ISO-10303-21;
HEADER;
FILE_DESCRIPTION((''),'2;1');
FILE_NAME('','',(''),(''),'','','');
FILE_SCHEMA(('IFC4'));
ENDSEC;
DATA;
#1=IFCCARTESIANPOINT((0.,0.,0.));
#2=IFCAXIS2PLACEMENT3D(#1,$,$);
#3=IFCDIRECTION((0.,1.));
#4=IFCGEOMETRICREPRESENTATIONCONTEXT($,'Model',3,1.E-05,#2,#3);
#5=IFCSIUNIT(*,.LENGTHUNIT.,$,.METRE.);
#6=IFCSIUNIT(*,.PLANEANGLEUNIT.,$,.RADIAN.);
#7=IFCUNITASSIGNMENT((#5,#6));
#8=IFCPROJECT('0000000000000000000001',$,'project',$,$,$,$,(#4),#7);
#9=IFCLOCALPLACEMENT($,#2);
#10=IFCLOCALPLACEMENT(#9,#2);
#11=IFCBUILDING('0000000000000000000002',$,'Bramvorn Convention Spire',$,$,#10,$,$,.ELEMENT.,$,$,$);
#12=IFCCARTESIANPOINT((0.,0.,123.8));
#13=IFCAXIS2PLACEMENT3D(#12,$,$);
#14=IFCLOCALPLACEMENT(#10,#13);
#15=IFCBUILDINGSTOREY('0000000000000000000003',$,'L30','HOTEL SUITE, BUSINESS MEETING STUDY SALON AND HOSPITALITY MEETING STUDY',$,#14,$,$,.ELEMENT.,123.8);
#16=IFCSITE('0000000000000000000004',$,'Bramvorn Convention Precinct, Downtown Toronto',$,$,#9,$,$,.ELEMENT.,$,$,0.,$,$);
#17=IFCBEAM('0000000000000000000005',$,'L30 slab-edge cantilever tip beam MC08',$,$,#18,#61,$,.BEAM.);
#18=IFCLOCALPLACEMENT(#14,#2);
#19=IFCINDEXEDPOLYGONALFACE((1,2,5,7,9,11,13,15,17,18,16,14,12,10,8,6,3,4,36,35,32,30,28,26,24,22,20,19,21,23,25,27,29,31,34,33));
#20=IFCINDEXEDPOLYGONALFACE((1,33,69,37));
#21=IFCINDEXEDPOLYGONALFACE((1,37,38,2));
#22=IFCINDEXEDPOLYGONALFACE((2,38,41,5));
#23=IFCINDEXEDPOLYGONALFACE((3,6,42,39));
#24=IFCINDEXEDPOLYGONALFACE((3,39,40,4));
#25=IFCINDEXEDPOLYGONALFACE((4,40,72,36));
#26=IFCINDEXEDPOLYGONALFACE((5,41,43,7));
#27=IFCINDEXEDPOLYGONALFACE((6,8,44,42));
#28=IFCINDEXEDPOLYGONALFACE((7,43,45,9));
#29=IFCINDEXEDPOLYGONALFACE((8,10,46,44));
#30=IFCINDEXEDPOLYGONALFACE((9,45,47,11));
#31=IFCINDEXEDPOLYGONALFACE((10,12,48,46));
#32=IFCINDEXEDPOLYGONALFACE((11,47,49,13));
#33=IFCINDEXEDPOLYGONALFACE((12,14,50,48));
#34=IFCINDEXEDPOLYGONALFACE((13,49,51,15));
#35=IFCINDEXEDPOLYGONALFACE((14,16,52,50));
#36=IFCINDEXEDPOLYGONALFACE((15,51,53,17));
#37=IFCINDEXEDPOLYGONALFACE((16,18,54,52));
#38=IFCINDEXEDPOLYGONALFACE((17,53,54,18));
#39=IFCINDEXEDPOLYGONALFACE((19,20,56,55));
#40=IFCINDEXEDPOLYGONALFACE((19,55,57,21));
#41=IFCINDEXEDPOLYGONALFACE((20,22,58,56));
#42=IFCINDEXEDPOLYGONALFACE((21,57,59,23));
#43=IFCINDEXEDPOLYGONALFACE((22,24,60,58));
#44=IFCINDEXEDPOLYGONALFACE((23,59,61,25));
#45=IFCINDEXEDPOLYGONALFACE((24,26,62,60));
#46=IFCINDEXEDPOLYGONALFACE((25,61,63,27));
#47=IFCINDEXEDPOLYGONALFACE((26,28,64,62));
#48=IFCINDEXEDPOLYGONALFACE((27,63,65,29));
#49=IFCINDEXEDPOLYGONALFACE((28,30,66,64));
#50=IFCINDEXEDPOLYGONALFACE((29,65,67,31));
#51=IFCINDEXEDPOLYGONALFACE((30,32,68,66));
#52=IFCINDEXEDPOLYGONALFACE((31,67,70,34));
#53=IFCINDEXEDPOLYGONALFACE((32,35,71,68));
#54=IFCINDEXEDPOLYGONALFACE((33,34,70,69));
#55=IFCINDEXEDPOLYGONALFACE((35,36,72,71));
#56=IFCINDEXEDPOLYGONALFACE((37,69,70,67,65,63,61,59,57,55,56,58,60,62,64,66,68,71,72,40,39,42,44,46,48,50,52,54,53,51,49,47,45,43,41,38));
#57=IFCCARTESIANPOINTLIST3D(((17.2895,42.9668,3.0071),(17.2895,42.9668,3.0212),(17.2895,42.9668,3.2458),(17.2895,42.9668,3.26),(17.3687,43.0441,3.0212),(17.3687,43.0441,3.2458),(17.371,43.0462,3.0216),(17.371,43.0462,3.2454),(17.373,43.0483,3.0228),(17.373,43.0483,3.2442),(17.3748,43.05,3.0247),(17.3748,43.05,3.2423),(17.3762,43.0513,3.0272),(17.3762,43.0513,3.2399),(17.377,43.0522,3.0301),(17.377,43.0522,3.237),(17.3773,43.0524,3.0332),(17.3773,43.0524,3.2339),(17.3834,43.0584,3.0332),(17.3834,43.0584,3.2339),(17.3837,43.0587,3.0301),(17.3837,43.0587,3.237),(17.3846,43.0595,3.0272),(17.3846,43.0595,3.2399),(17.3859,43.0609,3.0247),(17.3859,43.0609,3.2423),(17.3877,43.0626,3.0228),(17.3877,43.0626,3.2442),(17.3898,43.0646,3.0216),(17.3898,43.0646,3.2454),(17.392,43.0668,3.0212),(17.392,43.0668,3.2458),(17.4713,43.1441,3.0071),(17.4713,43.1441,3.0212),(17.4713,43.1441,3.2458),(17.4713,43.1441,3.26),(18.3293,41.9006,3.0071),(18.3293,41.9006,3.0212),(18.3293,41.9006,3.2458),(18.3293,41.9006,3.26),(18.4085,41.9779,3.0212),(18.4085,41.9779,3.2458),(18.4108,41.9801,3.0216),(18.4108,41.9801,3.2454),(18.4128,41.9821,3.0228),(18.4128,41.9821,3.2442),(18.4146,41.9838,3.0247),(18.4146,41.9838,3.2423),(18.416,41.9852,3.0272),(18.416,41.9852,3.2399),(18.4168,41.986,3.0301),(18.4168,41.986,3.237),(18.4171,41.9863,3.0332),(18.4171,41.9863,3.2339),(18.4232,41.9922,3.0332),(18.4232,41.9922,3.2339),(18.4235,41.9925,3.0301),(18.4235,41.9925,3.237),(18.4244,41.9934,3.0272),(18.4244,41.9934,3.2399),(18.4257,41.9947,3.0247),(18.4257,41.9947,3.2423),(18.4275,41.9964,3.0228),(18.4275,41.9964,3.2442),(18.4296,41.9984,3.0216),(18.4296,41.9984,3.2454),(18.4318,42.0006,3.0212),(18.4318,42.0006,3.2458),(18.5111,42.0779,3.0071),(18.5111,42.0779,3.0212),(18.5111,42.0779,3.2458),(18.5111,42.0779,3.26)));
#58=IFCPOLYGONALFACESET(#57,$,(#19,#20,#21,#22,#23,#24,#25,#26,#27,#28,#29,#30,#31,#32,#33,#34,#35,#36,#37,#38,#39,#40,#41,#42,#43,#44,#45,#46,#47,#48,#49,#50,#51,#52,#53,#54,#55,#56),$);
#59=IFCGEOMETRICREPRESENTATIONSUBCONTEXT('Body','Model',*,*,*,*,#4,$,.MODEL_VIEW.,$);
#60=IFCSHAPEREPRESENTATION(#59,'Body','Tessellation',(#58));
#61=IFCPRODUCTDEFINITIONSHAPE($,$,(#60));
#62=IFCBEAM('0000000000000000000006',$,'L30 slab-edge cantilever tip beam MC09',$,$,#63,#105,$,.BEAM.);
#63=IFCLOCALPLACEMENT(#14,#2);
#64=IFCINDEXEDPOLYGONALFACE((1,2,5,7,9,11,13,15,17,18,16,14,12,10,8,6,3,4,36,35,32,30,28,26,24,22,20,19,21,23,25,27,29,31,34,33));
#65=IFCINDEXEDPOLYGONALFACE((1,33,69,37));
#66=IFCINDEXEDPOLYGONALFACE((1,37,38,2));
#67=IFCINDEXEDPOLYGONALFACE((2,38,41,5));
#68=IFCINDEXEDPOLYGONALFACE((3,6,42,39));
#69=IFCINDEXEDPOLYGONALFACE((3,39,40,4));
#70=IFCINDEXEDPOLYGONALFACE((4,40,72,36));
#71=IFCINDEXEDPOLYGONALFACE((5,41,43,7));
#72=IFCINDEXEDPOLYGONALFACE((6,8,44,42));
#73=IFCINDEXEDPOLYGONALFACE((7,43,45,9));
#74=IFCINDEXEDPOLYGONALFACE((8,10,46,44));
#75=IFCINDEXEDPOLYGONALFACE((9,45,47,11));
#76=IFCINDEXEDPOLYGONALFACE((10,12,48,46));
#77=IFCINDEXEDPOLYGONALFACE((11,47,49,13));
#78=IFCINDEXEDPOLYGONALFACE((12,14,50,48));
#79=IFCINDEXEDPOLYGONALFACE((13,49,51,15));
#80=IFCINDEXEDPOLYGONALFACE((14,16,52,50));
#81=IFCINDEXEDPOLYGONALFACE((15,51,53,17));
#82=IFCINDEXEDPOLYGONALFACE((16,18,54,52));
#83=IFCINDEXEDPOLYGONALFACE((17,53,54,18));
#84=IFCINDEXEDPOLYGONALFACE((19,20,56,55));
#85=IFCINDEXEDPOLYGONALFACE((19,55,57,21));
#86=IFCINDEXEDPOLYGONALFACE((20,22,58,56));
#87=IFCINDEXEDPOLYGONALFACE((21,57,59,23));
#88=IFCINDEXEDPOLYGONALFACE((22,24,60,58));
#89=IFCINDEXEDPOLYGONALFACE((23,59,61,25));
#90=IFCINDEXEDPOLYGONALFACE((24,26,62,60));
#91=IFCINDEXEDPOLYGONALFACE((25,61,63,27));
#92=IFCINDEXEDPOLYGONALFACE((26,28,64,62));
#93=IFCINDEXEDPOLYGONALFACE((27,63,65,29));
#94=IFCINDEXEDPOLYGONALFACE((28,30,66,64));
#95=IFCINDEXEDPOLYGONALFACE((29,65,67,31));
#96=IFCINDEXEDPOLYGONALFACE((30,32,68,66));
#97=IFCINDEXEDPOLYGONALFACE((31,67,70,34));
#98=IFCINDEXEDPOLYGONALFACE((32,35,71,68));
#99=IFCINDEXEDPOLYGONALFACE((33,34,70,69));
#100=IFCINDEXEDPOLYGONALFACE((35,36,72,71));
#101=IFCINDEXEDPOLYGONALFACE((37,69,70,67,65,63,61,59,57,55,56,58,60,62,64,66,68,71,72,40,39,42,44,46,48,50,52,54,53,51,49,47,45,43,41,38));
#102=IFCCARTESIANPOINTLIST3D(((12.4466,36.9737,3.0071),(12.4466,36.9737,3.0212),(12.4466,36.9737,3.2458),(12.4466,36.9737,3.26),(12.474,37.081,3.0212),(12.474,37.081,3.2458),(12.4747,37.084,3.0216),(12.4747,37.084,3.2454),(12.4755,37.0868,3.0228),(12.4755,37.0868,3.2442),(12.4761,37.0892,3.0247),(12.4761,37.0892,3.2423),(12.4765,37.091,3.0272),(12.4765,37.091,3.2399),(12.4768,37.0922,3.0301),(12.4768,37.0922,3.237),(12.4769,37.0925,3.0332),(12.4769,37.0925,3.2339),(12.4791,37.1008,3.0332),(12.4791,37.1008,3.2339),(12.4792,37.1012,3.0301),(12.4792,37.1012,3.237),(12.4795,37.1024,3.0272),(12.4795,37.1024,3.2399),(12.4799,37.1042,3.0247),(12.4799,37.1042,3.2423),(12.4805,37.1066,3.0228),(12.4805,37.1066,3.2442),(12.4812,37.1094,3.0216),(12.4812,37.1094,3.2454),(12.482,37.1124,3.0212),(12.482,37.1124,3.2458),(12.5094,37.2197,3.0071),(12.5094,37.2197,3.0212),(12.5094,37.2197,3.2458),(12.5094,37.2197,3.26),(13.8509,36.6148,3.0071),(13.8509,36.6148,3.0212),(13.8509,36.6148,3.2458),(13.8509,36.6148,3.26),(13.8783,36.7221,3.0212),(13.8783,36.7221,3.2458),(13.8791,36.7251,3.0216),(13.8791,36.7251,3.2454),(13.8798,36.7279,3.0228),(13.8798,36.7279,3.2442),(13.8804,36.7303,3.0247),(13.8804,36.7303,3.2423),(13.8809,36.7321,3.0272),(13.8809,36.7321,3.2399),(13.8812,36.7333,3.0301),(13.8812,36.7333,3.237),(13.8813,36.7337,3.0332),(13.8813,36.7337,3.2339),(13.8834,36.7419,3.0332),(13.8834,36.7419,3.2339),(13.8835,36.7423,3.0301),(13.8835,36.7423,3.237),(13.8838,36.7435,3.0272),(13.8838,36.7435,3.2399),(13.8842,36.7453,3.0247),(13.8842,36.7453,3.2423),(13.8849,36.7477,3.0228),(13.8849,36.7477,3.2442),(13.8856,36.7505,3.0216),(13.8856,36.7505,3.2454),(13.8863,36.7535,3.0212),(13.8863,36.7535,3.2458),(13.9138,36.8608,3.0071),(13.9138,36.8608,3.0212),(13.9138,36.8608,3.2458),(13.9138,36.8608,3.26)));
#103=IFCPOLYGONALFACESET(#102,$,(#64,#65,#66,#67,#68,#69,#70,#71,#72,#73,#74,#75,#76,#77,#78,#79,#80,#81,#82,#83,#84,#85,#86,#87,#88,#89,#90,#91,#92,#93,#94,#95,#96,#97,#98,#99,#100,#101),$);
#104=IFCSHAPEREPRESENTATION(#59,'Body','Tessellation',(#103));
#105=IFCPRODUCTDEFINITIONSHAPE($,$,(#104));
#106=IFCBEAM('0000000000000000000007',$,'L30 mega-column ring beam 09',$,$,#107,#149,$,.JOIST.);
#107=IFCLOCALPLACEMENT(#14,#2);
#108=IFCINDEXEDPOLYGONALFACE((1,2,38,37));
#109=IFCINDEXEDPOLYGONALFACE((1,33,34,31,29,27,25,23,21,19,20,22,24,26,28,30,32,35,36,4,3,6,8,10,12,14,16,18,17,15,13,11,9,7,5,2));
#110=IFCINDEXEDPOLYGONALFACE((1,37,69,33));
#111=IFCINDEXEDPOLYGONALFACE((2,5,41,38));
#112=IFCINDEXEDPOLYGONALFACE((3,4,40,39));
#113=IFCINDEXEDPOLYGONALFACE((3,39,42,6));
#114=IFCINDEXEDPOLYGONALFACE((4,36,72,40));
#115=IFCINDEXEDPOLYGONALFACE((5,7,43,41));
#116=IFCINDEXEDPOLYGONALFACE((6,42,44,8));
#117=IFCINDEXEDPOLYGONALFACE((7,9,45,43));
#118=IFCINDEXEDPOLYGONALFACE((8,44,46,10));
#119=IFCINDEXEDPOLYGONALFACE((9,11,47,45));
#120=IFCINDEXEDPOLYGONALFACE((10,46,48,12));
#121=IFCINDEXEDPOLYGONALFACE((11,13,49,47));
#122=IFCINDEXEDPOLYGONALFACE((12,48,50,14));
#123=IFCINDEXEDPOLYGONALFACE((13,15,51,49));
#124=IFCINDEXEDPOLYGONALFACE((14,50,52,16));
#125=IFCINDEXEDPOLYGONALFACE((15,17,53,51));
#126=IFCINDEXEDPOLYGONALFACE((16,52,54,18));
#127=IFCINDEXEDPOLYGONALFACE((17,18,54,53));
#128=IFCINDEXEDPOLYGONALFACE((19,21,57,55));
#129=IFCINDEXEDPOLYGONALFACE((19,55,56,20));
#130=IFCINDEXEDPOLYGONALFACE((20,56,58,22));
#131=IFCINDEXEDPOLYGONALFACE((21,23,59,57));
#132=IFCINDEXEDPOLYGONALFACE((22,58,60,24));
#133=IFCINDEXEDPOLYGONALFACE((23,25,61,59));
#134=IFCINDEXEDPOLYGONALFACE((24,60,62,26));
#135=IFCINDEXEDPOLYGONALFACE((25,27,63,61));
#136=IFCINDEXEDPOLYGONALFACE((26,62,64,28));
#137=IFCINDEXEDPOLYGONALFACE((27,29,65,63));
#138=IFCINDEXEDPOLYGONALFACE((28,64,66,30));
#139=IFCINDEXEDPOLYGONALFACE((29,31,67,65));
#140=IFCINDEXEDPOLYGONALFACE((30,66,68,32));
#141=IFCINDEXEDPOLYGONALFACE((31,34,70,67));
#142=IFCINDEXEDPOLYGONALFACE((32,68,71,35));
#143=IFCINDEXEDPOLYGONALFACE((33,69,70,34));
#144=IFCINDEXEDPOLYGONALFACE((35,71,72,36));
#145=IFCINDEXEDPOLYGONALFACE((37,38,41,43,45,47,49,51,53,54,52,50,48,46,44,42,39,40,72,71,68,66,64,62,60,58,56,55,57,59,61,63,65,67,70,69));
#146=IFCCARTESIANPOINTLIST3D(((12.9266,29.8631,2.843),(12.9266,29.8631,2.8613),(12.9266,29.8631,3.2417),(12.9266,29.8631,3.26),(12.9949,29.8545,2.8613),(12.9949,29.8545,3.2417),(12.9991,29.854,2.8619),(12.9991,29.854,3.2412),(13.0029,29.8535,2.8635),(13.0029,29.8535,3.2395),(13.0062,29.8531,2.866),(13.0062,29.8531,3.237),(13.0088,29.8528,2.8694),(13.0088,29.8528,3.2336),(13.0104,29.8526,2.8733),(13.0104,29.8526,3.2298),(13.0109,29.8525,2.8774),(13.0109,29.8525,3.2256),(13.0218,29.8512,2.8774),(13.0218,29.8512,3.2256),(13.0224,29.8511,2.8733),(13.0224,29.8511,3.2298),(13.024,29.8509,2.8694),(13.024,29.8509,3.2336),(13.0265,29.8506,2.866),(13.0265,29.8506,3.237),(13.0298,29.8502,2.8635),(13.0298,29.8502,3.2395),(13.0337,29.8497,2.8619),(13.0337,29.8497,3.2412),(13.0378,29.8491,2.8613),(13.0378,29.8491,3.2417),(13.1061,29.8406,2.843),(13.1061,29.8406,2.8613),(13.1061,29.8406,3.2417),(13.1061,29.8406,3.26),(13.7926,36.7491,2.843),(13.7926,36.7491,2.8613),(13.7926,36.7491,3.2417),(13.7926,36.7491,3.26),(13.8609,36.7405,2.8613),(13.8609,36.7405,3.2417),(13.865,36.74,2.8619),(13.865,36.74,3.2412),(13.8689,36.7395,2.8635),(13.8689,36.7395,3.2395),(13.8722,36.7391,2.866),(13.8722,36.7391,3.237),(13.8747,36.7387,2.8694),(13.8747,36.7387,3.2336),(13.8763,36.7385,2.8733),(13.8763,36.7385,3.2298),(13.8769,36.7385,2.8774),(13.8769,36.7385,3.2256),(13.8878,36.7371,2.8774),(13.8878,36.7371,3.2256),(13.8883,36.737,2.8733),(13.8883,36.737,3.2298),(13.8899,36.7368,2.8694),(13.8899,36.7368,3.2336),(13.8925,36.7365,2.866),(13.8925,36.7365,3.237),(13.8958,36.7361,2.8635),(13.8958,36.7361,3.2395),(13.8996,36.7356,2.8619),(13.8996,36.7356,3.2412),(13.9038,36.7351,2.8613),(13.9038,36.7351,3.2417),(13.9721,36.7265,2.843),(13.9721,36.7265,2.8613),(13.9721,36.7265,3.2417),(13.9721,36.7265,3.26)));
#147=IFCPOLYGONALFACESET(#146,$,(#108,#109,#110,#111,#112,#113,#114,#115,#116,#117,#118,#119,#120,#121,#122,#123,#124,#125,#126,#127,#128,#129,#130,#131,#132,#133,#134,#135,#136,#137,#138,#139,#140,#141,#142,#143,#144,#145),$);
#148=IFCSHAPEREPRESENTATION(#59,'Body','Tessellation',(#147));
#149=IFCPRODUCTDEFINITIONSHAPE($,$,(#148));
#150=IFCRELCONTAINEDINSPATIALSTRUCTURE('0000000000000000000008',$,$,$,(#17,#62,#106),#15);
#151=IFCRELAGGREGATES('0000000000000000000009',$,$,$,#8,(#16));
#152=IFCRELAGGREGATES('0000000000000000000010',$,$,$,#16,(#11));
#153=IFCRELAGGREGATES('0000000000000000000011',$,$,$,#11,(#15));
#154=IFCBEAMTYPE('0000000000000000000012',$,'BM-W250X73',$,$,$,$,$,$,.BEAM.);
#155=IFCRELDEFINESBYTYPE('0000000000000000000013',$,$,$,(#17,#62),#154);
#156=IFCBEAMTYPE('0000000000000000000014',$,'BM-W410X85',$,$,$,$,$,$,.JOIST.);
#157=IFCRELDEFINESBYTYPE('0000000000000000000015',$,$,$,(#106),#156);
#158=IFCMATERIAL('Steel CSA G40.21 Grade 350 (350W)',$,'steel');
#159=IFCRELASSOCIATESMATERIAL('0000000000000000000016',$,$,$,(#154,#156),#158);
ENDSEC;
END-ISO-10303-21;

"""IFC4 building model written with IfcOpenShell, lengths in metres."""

from ifc_helpers import new_model, si_unit, direction, frame, origin, origin_2d, place, context, subcontext, project, spatial, i_section, extrude, material, material_profile, profile_set, type_object, element, save


model = new_model("IFC4")

# Units and contexts
model_context = context("Model", 3, precision=1e-05, world=origin(), true_north=direction((0.0, 1.0)))
body_context = subcontext(model_context, "Body", "Model", "MODEL_VIEW")
ifc_project = project(units=[si_unit("LENGTHUNIT", "METRE"), si_unit("PLANEANGLEUNIT", "RADIAN")], contexts=[model_context])

# Site, building, storey
site_placement = place(None, origin())
site = spatial("IfcSite", under=ifc_project, at=site_placement, Name="Bramvorn Convention Precinct, Downtown Toronto", CompositionType="ELEMENT", RefElevation=0.0)
building_placement = place(site_placement, origin())
building = spatial("IfcBuilding", under=site, at=building_placement, Name="Bramvorn Convention Spire", CompositionType="ELEMENT")
storey_placement = place(building_placement, frame((0.0, 0.0, 123.8)))
storey = spatial("IfcBuildingStorey", under=building, at=storey_placement, Name="L30", Description="HOTEL SUITE, BUSINESS MEETING STUDY SALON AND HOSPITALITY MEETING STUDY", CompositionType="ELEMENT", Elevation=123.8)

# Shared definitions
ifc_material_1 = material(Name="Steel CSA G40.21 Grade 350 (350W)", Category="steel")

# Beams
ifc_material_profile_1 = material_profile(ifc_material_1, i_section(OverallWidth=0.2539, OverallDepth=0.2529, WebThickness=0.0085, FlangeThickness=0.0142, FilletRadius=0.012, at=origin_2d()))
ifc_profile_set_1 = profile_set([ifc_material_profile_1], Name="Steel CSA G40.21 Grade 350 (350W) - W250X73")
beam_type_1 = type_object("IfcBeamType", Name="BM-W250X73", PredefinedType="BEAM", material=ifc_profile_set_1)
beam_1_placement = place(storey_placement, frame((18.4202, 41.9893, 3.1335), z_axis=(-0.698199, 0.715904, 0.0), x_axis=(-0.715904, -0.698199, 0.0)))
element("IfcBeam", 1, at=beam_1_placement, inside=storey, type_object=beam_type_1, Name="L30 slab-edge cantilever tip beam MC08", PredefinedType="BEAM", context=body_context, shape_type="SweptSolid", body=[
    extrude(i_section(OverallWidth=0.2539, OverallDepth=0.2529, WebThickness=0.0085, FlangeThickness=0.0142, FilletRadius=0.012, at=origin_2d()), origin(), (0.0, 0.0, 1.0), 1.4893),
])
beam_2_placement = place(storey_placement, frame((13.8823, 36.7378, 3.1335), z_axis=(-0.968861, 0.247605, 0.0), x_axis=(-0.247605, -0.968861, 0.0)))
element("IfcBeam", 2, at=beam_2_placement, inside=storey, type_object=beam_type_1, Name="L30 slab-edge cantilever tip beam MC09", PredefinedType="BEAM", context=body_context, shape_type="SweptSolid", body=[
    extrude(i_section(OverallWidth=0.2539, OverallDepth=0.2529, WebThickness=0.0085, FlangeThickness=0.0142, FilletRadius=0.012, at=origin_2d()), origin(), (0.0, 0.0, 1.0), 1.4495),
])
ifc_material_profile_2 = material_profile(ifc_material_1, i_section(OverallWidth=0.1809, OverallDepth=0.417, WebThickness=0.011, FlangeThickness=0.0183, FilletRadius=0.0161, at=origin_2d()))
ifc_profile_set_2 = profile_set([ifc_material_profile_2], Name="Steel CSA G40.21 Grade 350 (350W) - W410X85")
beam_type_2 = type_object("IfcBeamType", Name="BM-W410X85", PredefinedType="JOIST", material=ifc_profile_set_2)
beam_3_placement = place(storey_placement, frame((13.8823, 36.7378, 3.0515), z_axis=(-0.124775, -0.992185, 0.0), x_axis=(0.992185, -0.124775, 0.0)))
element("IfcBeam", 3, at=beam_3_placement, inside=storey, type_object=beam_type_2, Name="L30 mega-column ring beam 09", PredefinedType="JOIST", context=body_context, shape_type="SweptSolid", body=[
    extrude(i_section(OverallWidth=0.1809, OverallDepth=0.417, WebThickness=0.011, FlangeThickness=0.0183, FilletRadius=0.0161, at=origin_2d()), origin(), (0.0, 0.0, 1.0), 6.9402),
])

save(model, "model.ifc")
